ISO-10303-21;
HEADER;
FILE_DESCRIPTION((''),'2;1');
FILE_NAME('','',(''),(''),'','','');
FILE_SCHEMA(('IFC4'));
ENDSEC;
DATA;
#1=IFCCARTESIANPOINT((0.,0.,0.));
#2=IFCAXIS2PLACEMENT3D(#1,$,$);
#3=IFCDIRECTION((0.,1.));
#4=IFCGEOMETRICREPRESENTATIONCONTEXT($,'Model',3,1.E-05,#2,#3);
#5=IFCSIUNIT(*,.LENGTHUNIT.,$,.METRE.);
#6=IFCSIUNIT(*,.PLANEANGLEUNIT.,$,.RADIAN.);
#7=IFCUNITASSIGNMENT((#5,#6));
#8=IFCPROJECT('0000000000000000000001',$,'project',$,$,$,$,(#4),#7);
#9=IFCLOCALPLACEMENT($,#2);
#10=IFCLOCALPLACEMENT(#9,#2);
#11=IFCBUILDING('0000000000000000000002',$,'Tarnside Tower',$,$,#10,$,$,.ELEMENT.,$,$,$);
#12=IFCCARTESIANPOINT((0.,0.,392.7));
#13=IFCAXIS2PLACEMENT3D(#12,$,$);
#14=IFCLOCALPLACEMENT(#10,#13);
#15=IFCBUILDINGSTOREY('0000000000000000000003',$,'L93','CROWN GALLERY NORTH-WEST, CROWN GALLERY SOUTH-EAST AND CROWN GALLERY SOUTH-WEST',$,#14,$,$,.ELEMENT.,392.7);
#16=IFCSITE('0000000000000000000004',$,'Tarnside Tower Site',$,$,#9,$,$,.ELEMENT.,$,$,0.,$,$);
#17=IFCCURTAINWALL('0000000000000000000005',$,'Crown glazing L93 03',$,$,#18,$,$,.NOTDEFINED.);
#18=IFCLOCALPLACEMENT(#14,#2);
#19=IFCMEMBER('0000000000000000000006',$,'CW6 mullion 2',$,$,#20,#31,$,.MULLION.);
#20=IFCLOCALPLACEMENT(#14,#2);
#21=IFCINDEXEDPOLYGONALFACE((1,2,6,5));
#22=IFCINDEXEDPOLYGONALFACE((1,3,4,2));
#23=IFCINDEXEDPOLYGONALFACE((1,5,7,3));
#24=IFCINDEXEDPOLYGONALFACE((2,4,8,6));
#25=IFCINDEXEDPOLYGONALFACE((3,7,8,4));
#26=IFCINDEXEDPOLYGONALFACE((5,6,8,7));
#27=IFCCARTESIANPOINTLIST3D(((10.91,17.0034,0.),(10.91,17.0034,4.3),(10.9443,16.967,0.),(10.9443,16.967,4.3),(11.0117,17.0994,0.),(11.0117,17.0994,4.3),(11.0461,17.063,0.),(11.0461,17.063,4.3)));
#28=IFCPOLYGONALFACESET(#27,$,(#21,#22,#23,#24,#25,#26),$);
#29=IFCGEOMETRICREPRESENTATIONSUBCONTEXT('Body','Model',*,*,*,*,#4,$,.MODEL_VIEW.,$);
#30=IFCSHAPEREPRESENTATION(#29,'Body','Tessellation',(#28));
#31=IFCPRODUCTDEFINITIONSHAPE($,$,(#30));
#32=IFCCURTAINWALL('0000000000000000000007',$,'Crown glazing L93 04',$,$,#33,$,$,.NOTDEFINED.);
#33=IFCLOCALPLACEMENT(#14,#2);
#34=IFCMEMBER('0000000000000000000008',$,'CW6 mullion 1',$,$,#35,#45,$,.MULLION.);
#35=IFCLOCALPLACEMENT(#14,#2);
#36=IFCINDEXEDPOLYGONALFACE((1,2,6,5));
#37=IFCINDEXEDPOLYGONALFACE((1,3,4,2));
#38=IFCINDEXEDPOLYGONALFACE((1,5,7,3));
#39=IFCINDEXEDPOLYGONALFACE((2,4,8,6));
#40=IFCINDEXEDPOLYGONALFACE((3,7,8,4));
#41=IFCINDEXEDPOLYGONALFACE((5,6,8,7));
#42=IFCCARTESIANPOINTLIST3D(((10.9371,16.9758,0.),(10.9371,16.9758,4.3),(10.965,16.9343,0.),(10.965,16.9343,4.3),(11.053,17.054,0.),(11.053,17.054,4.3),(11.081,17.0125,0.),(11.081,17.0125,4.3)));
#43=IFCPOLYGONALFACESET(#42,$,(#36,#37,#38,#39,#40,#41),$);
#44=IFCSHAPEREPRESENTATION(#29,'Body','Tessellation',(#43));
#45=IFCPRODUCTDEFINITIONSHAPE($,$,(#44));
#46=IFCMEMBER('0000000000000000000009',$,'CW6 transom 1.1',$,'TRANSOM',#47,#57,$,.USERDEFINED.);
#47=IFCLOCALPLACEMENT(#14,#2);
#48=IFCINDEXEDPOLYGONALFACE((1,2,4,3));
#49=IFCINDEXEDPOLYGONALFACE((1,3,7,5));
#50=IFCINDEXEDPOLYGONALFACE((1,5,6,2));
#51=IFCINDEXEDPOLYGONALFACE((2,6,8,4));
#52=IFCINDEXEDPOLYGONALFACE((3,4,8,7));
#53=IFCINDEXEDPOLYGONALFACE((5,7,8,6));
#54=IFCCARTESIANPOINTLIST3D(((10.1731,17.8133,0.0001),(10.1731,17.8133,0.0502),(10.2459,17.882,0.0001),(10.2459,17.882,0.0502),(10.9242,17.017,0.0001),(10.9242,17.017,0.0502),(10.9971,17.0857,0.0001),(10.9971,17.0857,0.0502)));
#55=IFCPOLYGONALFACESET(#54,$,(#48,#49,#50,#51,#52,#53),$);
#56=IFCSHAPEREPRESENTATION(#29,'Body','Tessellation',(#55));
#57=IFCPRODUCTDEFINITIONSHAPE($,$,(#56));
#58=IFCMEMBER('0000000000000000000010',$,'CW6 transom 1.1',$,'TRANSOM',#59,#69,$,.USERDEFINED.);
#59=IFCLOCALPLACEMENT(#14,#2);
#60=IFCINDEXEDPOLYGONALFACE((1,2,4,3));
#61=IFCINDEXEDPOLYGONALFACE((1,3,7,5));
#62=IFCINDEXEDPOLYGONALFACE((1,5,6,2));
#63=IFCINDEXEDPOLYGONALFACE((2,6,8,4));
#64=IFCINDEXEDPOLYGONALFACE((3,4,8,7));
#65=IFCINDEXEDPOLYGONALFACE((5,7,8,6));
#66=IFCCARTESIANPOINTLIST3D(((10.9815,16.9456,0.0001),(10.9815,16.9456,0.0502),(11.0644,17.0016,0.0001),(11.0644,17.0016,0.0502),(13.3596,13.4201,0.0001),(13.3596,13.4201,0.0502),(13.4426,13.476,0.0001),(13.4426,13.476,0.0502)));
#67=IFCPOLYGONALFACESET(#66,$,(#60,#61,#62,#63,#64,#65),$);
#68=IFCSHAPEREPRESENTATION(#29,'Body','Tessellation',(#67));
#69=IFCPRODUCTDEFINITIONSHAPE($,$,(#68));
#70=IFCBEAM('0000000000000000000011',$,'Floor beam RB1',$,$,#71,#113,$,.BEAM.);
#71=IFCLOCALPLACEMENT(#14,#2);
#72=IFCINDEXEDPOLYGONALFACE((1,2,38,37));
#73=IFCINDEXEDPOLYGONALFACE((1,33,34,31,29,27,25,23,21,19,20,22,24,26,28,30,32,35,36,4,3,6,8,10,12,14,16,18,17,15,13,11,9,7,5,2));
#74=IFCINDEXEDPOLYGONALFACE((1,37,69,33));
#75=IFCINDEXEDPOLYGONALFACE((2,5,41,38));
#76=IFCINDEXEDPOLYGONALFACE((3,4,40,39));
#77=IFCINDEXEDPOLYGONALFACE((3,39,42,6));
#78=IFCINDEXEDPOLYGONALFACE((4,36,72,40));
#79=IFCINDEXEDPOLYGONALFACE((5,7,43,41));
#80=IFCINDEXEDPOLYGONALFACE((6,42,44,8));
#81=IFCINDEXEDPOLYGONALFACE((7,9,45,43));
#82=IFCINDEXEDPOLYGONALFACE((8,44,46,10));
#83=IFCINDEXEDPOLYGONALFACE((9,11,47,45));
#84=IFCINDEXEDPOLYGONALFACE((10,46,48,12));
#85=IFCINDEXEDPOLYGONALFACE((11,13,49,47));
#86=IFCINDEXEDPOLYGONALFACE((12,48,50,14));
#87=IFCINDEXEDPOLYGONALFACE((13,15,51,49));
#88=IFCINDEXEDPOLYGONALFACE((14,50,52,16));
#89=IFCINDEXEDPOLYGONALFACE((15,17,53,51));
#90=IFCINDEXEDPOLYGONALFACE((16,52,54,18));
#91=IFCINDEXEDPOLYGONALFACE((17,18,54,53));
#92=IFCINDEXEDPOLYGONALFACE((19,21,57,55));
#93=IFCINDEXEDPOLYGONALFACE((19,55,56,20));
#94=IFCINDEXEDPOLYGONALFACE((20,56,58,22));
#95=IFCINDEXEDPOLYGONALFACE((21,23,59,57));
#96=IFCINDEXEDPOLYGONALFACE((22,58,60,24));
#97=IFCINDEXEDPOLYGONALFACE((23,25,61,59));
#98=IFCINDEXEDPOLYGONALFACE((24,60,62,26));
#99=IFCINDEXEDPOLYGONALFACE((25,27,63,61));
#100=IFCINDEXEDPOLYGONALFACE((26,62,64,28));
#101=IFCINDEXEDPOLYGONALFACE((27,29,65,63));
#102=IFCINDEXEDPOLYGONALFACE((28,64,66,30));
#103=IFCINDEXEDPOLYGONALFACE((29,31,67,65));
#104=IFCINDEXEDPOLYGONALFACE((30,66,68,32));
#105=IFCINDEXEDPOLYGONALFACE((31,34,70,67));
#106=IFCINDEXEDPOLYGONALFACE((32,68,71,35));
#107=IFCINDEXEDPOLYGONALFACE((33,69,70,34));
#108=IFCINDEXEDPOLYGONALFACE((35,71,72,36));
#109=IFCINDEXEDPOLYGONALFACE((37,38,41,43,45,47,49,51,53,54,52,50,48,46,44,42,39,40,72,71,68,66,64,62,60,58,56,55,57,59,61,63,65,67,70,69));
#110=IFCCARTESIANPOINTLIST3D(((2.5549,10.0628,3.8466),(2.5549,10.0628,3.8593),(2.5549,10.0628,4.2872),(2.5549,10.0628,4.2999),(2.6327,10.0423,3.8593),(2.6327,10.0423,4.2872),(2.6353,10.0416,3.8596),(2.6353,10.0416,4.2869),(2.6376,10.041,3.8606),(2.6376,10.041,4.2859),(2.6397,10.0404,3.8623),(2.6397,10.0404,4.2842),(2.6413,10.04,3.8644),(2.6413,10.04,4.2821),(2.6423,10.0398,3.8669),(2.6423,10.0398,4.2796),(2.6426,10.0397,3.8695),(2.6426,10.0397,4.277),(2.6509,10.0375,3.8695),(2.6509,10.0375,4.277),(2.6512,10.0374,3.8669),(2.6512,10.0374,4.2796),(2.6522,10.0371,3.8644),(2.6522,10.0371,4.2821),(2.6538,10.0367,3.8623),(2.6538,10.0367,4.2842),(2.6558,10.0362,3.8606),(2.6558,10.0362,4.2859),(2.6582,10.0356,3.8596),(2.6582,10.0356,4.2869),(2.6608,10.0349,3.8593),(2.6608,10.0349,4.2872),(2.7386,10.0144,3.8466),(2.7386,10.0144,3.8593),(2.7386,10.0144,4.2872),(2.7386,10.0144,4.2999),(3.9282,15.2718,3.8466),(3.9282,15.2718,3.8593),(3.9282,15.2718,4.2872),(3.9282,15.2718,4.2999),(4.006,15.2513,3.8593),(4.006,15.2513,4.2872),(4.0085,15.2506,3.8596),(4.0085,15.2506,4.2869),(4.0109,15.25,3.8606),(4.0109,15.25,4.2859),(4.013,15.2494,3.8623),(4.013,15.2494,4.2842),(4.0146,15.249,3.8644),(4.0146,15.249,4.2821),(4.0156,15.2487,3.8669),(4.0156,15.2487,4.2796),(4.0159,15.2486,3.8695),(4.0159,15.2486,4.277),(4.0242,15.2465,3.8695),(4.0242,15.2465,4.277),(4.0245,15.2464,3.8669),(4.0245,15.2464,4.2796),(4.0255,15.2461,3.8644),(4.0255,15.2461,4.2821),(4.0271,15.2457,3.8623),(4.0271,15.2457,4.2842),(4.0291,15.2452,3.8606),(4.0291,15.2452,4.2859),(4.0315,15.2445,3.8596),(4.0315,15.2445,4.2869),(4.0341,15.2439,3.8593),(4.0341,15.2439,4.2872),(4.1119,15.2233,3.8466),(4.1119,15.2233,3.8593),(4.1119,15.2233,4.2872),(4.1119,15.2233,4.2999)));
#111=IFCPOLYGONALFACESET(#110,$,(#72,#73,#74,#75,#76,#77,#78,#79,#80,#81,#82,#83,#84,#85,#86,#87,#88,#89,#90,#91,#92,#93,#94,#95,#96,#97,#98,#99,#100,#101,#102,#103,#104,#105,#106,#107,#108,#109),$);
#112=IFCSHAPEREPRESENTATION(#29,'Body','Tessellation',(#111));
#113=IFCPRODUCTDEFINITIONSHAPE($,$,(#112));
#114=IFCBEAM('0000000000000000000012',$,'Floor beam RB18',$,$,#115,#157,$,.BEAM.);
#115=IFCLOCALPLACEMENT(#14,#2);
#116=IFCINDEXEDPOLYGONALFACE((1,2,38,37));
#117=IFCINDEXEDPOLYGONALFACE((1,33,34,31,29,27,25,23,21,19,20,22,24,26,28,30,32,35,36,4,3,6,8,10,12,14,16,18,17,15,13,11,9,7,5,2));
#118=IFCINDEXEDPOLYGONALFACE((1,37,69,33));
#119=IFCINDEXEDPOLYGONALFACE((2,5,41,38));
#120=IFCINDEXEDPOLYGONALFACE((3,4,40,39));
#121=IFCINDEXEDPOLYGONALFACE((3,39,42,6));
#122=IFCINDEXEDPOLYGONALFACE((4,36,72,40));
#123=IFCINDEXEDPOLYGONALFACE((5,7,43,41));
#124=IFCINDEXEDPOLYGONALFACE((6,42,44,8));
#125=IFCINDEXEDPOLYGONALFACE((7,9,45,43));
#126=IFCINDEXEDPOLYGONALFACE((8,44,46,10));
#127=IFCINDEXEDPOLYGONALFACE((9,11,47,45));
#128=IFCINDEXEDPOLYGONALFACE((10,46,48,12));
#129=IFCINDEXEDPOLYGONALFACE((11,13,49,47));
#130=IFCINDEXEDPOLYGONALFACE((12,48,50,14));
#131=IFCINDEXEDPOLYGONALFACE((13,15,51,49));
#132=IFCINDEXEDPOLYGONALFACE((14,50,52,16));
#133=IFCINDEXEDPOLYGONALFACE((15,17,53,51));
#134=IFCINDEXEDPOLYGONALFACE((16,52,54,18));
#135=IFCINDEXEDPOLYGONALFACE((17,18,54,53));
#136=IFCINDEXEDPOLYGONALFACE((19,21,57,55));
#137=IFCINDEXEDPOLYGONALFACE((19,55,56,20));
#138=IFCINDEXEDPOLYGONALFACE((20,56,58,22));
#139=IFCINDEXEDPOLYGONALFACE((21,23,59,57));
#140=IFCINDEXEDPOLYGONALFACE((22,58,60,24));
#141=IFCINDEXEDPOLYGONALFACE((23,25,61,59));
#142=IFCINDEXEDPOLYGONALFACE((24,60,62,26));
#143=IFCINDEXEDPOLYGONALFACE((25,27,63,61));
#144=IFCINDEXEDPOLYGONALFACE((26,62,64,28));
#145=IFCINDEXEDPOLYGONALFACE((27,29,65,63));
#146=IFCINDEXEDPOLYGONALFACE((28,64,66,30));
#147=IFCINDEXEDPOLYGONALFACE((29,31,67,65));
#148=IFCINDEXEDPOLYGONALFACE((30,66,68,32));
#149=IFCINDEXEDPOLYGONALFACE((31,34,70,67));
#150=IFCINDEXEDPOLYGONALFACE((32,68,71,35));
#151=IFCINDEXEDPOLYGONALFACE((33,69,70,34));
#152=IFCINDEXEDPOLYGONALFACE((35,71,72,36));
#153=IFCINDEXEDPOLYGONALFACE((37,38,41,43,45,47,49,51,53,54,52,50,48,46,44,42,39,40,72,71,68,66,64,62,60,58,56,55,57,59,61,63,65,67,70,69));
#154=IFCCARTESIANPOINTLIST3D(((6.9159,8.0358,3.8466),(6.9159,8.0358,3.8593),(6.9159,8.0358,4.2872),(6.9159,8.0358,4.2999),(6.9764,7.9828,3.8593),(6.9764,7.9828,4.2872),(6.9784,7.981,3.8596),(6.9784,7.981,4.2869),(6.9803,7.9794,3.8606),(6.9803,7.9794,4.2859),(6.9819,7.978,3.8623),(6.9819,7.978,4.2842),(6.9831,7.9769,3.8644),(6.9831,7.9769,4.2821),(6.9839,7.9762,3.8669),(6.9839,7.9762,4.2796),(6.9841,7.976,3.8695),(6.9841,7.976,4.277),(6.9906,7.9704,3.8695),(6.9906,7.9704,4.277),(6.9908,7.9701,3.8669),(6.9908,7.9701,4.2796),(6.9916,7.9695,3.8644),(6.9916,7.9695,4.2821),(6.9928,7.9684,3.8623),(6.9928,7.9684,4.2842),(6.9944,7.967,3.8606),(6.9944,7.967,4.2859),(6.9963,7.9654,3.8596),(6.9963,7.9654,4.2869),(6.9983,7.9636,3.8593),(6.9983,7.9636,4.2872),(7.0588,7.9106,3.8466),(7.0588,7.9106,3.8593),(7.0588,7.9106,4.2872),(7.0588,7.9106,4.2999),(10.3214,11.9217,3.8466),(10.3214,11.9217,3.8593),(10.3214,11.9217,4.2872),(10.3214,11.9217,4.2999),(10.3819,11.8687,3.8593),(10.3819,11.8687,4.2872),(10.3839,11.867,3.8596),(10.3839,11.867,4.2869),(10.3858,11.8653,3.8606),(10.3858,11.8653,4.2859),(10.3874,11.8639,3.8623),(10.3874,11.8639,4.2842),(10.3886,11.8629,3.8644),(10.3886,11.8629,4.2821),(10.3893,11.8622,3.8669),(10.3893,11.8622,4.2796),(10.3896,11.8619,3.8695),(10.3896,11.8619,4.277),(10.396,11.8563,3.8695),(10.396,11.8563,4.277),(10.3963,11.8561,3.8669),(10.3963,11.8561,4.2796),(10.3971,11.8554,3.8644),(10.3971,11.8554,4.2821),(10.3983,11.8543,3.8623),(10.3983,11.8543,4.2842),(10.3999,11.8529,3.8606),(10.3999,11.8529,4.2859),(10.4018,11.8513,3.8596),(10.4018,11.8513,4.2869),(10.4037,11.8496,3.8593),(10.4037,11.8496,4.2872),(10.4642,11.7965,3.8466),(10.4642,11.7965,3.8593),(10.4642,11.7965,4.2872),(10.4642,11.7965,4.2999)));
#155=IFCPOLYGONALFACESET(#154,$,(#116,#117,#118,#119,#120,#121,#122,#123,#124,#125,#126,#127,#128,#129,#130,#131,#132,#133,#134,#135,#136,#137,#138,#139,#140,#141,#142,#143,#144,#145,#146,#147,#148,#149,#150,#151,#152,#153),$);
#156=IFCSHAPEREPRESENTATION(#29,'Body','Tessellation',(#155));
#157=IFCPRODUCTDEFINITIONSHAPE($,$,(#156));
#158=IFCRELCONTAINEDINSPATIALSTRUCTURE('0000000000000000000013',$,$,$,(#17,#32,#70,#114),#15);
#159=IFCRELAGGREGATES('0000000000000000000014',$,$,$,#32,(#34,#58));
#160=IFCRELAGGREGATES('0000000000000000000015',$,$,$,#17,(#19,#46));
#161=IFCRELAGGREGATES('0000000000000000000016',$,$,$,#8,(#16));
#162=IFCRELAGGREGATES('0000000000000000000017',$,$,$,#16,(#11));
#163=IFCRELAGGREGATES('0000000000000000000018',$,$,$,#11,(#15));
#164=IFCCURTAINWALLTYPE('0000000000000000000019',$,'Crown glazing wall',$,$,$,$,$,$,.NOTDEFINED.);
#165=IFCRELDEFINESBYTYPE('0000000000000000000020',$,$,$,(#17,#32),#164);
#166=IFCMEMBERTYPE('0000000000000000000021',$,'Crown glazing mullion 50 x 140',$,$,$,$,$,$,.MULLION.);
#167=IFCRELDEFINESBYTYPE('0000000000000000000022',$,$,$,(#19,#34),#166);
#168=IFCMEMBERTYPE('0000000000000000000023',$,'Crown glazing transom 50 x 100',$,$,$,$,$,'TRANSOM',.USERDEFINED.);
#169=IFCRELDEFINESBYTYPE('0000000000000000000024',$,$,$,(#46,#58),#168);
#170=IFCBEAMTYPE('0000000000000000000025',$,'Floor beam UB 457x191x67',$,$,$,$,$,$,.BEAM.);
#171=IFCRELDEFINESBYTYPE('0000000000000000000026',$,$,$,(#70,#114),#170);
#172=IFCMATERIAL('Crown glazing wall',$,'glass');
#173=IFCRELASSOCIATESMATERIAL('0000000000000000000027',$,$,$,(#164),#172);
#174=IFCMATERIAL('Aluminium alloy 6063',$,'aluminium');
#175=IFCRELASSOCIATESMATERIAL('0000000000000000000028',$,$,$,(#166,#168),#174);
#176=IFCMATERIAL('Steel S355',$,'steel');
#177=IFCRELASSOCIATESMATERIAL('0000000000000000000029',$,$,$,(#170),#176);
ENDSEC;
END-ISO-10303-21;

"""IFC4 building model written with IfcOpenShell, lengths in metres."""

from ifc_helpers import new_model, si_unit, direction, frame, origin, origin_2d, place, context, subcontext, project, spatial, rectangle, i_section, extrude, material, material_profile, profile_set, type_object, element, aggregate, save


model = new_model("IFC4")

# Units and contexts
model_context = context("Model", 3, precision=1e-05, world=origin(), true_north=direction((0.0, 1.0)))
body_context = subcontext(model_context, "Body", "Model", "MODEL_VIEW")
ifc_project = project(units=[si_unit("LENGTHUNIT", "METRE"), si_unit("PLANEANGLEUNIT", "RADIAN")], contexts=[model_context])

# Site, building, storey
site_placement = place(None, origin())
site = spatial("IfcSite", under=ifc_project, at=site_placement, Name="Tarnside Tower Site", CompositionType="ELEMENT", RefElevation=0.0)
building_placement = place(site_placement, origin())
building = spatial("IfcBuilding", under=site, at=building_placement, Name="Tarnside Tower", CompositionType="ELEMENT")
storey_placement = place(building_placement, frame((0.0, 0.0, 392.7)))
storey = spatial("IfcBuildingStorey", under=building, at=storey_placement, Name="L93", Description="CROWN GALLERY NORTH-WEST, CROWN GALLERY SOUTH-EAST AND CROWN GALLERY SOUTH-WEST", CompositionType="ELEMENT", Elevation=392.7)

# Curtain walls, members
ifc_material_1 = material(Name="Crown glazing wall", Category="glass")
curtain_wall_type = type_object("IfcCurtainWallType", Name="Crown glazing wall", PredefinedType="NOTDEFINED", material=ifc_material_1)
curtain_wall_1_placement = place(storey_placement, origin())
curtain_wall_1 = element("IfcCurtainWall", 1, at=curtain_wall_1_placement, inside=storey, type_object=curtain_wall_type, Name="Crown glazing L93 03", PredefinedType="NOTDEFINED")
ifc_material_2 = material(Name="Aluminium alloy 6063", Category="aluminium")
ifc_material_profile_1 = material_profile(ifc_material_2, rectangle(XDim=0.1399, YDim=0.05, at=origin_2d()), Name="Crown glazing mullion 50 x 140")
ifc_profile_set_1 = profile_set([ifc_material_profile_1], Name="Aluminium alloy 6063")
member_type_1 = type_object("IfcMemberType", Name="Crown glazing mullion 50 x 140", PredefinedType="MULLION", material=ifc_profile_set_1)
member_1_placement = place(storey_placement, frame((10.978, 17.0332, 0.0), z_axis=(0.0, 0.0, 1.0), x_axis=(0.727374, 0.686242, 0.0)))
member_1 = element("IfcMember", 2, at=member_1_placement, type_object=member_type_1, Name="CW6 mullion 2", PredefinedType="MULLION", context=body_context, shape_type="SweptSolid", body=[
    extrude(rectangle(XDim=0.1399, YDim=0.05, at=origin_2d()), origin(), (0.0, 0.0, 1.0), 4.3),
])
curtain_wall_2_placement = place(storey_placement, origin())
curtain_wall_2 = element("IfcCurtainWall", 3, at=curtain_wall_2_placement, inside=storey, type_object=curtain_wall_type, Name="Crown glazing L93 04", PredefinedType="NOTDEFINED")
member_2_placement = place(storey_placement, frame((11.009, 16.9941, 0.0), z_axis=(0.0, 0.0, 1.0), x_axis=(0.829038, 0.559193, 0.0)))
member_2 = element("IfcMember", 4, at=member_2_placement, type_object=member_type_1, Name="CW6 mullion 1", PredefinedType="MULLION", context=body_context, shape_type="SweptSolid", body=[
    extrude(rectangle(XDim=0.1399, YDim=0.05, at=origin_2d()), origin(), (0.0, 0.0, 1.0), 4.3),
])

# Members
ifc_material_profile_2 = material_profile(ifc_material_2, rectangle(XDim=0.1001, YDim=0.05, at=origin_2d()), Name="Crown glazing transom 50 x 100")
ifc_profile_set_2 = profile_set([ifc_material_profile_2], Name="Aluminium alloy 6063")
member_type_2 = type_object("IfcMemberType", Name="Crown glazing transom 50 x 100", ElementType="TRANSOM", PredefinedType="USERDEFINED", material=ifc_profile_set_2)
member_3_placement = place(storey_placement, frame((10.2095, 17.8477, 0.0251), z_axis=(0.686178, -0.727434, 0.0), x_axis=(0.727434, 0.686178, 0.0)))
member_3 = element("IfcMember", 5, at=member_3_placement, type_object=member_type_2, Name="CW6 transom 1.1", ObjectType="TRANSOM", PredefinedType="USERDEFINED", context=body_context, shape_type="SweptSolid", body=[
    extrude(rectangle(XDim=0.1001, YDim=0.05, at=origin_2d()), origin(), (0.0, 0.0, 1.0), 1.0947),
])
member_4_placement = place(storey_placement, frame((11.0229, 16.9736, 0.0251), z_axis=(0.55921, -0.829026, 0.0), x_axis=(0.829026, 0.55921, 0.0)))
member_4 = element("IfcMember", 6, at=member_4_placement, type_object=member_type_2, Name="CW6 transom 1.1", ObjectType="TRANSOM", PredefinedType="USERDEFINED", context=body_context, shape_type="SweptSolid", body=[
    extrude(rectangle(XDim=0.1001, YDim=0.05, at=origin_2d()), origin(), (0.0, 0.0, 1.0), 4.2527),
])
aggregate(curtain_wall_2, [member_2, member_4])

# Beams
ifc_material_3 = material(Name="Steel S355", Category="steel")
ifc_material_profile_3 = material_profile(ifc_material_3, i_section(OverallWidth=0.1899, OverallDepth=0.4534, WebThickness=0.0085, FlangeThickness=0.0127, FilletRadius=0.0103, at=origin_2d()), Name="UB 457x191x67")
ifc_profile_set_3 = profile_set([ifc_material_profile_3], Name="Steel S355")
beam_type_1 = type_object("IfcBeamType", Name="Floor beam UB 457x191x67", PredefinedType="BEAM", material=ifc_profile_set_3)
beam_1_placement = place(storey_placement, frame((4.02, 15.2476, 4.0732), z_axis=(-0.254928, -0.96696, 0.0), x_axis=(0.96696, -0.254928, 0.0)))
element("IfcBeam", 7, at=beam_1_placement, inside=storey, type_object=beam_type_1, Name="Floor beam RB1", PredefinedType="BEAM", context=body_context, shape_type="SweptSolid", body=[
    extrude(i_section(OverallWidth=0.1899, OverallDepth=0.4534, WebThickness=0.0085, FlangeThickness=0.0127, FilletRadius=0.0103, at=origin_2d()), origin(), (0.0, 0.0, 1.0), 5.387),
])
beam_2_placement = place(storey_placement, frame((10.3928, 11.8591, 4.0732), z_axis=(-0.659083, -0.75207, 0.0), x_axis=(0.75207, -0.659083, 0.0)))
element("IfcBeam", 8, at=beam_2_placement, inside=storey, type_object=beam_type_1, Name="Floor beam RB18", PredefinedType="BEAM", context=body_context, shape_type="SweptSolid", body=[
    extrude(i_section(OverallWidth=0.1899, OverallDepth=0.4534, WebThickness=0.0085, FlangeThickness=0.0127, FilletRadius=0.0103, at=origin_2d()), origin(), (0.0, 0.0, 1.0), 5.167),
])

aggregate(curtain_wall_1, [member_1, member_3])

save(model, "model.ifc")
